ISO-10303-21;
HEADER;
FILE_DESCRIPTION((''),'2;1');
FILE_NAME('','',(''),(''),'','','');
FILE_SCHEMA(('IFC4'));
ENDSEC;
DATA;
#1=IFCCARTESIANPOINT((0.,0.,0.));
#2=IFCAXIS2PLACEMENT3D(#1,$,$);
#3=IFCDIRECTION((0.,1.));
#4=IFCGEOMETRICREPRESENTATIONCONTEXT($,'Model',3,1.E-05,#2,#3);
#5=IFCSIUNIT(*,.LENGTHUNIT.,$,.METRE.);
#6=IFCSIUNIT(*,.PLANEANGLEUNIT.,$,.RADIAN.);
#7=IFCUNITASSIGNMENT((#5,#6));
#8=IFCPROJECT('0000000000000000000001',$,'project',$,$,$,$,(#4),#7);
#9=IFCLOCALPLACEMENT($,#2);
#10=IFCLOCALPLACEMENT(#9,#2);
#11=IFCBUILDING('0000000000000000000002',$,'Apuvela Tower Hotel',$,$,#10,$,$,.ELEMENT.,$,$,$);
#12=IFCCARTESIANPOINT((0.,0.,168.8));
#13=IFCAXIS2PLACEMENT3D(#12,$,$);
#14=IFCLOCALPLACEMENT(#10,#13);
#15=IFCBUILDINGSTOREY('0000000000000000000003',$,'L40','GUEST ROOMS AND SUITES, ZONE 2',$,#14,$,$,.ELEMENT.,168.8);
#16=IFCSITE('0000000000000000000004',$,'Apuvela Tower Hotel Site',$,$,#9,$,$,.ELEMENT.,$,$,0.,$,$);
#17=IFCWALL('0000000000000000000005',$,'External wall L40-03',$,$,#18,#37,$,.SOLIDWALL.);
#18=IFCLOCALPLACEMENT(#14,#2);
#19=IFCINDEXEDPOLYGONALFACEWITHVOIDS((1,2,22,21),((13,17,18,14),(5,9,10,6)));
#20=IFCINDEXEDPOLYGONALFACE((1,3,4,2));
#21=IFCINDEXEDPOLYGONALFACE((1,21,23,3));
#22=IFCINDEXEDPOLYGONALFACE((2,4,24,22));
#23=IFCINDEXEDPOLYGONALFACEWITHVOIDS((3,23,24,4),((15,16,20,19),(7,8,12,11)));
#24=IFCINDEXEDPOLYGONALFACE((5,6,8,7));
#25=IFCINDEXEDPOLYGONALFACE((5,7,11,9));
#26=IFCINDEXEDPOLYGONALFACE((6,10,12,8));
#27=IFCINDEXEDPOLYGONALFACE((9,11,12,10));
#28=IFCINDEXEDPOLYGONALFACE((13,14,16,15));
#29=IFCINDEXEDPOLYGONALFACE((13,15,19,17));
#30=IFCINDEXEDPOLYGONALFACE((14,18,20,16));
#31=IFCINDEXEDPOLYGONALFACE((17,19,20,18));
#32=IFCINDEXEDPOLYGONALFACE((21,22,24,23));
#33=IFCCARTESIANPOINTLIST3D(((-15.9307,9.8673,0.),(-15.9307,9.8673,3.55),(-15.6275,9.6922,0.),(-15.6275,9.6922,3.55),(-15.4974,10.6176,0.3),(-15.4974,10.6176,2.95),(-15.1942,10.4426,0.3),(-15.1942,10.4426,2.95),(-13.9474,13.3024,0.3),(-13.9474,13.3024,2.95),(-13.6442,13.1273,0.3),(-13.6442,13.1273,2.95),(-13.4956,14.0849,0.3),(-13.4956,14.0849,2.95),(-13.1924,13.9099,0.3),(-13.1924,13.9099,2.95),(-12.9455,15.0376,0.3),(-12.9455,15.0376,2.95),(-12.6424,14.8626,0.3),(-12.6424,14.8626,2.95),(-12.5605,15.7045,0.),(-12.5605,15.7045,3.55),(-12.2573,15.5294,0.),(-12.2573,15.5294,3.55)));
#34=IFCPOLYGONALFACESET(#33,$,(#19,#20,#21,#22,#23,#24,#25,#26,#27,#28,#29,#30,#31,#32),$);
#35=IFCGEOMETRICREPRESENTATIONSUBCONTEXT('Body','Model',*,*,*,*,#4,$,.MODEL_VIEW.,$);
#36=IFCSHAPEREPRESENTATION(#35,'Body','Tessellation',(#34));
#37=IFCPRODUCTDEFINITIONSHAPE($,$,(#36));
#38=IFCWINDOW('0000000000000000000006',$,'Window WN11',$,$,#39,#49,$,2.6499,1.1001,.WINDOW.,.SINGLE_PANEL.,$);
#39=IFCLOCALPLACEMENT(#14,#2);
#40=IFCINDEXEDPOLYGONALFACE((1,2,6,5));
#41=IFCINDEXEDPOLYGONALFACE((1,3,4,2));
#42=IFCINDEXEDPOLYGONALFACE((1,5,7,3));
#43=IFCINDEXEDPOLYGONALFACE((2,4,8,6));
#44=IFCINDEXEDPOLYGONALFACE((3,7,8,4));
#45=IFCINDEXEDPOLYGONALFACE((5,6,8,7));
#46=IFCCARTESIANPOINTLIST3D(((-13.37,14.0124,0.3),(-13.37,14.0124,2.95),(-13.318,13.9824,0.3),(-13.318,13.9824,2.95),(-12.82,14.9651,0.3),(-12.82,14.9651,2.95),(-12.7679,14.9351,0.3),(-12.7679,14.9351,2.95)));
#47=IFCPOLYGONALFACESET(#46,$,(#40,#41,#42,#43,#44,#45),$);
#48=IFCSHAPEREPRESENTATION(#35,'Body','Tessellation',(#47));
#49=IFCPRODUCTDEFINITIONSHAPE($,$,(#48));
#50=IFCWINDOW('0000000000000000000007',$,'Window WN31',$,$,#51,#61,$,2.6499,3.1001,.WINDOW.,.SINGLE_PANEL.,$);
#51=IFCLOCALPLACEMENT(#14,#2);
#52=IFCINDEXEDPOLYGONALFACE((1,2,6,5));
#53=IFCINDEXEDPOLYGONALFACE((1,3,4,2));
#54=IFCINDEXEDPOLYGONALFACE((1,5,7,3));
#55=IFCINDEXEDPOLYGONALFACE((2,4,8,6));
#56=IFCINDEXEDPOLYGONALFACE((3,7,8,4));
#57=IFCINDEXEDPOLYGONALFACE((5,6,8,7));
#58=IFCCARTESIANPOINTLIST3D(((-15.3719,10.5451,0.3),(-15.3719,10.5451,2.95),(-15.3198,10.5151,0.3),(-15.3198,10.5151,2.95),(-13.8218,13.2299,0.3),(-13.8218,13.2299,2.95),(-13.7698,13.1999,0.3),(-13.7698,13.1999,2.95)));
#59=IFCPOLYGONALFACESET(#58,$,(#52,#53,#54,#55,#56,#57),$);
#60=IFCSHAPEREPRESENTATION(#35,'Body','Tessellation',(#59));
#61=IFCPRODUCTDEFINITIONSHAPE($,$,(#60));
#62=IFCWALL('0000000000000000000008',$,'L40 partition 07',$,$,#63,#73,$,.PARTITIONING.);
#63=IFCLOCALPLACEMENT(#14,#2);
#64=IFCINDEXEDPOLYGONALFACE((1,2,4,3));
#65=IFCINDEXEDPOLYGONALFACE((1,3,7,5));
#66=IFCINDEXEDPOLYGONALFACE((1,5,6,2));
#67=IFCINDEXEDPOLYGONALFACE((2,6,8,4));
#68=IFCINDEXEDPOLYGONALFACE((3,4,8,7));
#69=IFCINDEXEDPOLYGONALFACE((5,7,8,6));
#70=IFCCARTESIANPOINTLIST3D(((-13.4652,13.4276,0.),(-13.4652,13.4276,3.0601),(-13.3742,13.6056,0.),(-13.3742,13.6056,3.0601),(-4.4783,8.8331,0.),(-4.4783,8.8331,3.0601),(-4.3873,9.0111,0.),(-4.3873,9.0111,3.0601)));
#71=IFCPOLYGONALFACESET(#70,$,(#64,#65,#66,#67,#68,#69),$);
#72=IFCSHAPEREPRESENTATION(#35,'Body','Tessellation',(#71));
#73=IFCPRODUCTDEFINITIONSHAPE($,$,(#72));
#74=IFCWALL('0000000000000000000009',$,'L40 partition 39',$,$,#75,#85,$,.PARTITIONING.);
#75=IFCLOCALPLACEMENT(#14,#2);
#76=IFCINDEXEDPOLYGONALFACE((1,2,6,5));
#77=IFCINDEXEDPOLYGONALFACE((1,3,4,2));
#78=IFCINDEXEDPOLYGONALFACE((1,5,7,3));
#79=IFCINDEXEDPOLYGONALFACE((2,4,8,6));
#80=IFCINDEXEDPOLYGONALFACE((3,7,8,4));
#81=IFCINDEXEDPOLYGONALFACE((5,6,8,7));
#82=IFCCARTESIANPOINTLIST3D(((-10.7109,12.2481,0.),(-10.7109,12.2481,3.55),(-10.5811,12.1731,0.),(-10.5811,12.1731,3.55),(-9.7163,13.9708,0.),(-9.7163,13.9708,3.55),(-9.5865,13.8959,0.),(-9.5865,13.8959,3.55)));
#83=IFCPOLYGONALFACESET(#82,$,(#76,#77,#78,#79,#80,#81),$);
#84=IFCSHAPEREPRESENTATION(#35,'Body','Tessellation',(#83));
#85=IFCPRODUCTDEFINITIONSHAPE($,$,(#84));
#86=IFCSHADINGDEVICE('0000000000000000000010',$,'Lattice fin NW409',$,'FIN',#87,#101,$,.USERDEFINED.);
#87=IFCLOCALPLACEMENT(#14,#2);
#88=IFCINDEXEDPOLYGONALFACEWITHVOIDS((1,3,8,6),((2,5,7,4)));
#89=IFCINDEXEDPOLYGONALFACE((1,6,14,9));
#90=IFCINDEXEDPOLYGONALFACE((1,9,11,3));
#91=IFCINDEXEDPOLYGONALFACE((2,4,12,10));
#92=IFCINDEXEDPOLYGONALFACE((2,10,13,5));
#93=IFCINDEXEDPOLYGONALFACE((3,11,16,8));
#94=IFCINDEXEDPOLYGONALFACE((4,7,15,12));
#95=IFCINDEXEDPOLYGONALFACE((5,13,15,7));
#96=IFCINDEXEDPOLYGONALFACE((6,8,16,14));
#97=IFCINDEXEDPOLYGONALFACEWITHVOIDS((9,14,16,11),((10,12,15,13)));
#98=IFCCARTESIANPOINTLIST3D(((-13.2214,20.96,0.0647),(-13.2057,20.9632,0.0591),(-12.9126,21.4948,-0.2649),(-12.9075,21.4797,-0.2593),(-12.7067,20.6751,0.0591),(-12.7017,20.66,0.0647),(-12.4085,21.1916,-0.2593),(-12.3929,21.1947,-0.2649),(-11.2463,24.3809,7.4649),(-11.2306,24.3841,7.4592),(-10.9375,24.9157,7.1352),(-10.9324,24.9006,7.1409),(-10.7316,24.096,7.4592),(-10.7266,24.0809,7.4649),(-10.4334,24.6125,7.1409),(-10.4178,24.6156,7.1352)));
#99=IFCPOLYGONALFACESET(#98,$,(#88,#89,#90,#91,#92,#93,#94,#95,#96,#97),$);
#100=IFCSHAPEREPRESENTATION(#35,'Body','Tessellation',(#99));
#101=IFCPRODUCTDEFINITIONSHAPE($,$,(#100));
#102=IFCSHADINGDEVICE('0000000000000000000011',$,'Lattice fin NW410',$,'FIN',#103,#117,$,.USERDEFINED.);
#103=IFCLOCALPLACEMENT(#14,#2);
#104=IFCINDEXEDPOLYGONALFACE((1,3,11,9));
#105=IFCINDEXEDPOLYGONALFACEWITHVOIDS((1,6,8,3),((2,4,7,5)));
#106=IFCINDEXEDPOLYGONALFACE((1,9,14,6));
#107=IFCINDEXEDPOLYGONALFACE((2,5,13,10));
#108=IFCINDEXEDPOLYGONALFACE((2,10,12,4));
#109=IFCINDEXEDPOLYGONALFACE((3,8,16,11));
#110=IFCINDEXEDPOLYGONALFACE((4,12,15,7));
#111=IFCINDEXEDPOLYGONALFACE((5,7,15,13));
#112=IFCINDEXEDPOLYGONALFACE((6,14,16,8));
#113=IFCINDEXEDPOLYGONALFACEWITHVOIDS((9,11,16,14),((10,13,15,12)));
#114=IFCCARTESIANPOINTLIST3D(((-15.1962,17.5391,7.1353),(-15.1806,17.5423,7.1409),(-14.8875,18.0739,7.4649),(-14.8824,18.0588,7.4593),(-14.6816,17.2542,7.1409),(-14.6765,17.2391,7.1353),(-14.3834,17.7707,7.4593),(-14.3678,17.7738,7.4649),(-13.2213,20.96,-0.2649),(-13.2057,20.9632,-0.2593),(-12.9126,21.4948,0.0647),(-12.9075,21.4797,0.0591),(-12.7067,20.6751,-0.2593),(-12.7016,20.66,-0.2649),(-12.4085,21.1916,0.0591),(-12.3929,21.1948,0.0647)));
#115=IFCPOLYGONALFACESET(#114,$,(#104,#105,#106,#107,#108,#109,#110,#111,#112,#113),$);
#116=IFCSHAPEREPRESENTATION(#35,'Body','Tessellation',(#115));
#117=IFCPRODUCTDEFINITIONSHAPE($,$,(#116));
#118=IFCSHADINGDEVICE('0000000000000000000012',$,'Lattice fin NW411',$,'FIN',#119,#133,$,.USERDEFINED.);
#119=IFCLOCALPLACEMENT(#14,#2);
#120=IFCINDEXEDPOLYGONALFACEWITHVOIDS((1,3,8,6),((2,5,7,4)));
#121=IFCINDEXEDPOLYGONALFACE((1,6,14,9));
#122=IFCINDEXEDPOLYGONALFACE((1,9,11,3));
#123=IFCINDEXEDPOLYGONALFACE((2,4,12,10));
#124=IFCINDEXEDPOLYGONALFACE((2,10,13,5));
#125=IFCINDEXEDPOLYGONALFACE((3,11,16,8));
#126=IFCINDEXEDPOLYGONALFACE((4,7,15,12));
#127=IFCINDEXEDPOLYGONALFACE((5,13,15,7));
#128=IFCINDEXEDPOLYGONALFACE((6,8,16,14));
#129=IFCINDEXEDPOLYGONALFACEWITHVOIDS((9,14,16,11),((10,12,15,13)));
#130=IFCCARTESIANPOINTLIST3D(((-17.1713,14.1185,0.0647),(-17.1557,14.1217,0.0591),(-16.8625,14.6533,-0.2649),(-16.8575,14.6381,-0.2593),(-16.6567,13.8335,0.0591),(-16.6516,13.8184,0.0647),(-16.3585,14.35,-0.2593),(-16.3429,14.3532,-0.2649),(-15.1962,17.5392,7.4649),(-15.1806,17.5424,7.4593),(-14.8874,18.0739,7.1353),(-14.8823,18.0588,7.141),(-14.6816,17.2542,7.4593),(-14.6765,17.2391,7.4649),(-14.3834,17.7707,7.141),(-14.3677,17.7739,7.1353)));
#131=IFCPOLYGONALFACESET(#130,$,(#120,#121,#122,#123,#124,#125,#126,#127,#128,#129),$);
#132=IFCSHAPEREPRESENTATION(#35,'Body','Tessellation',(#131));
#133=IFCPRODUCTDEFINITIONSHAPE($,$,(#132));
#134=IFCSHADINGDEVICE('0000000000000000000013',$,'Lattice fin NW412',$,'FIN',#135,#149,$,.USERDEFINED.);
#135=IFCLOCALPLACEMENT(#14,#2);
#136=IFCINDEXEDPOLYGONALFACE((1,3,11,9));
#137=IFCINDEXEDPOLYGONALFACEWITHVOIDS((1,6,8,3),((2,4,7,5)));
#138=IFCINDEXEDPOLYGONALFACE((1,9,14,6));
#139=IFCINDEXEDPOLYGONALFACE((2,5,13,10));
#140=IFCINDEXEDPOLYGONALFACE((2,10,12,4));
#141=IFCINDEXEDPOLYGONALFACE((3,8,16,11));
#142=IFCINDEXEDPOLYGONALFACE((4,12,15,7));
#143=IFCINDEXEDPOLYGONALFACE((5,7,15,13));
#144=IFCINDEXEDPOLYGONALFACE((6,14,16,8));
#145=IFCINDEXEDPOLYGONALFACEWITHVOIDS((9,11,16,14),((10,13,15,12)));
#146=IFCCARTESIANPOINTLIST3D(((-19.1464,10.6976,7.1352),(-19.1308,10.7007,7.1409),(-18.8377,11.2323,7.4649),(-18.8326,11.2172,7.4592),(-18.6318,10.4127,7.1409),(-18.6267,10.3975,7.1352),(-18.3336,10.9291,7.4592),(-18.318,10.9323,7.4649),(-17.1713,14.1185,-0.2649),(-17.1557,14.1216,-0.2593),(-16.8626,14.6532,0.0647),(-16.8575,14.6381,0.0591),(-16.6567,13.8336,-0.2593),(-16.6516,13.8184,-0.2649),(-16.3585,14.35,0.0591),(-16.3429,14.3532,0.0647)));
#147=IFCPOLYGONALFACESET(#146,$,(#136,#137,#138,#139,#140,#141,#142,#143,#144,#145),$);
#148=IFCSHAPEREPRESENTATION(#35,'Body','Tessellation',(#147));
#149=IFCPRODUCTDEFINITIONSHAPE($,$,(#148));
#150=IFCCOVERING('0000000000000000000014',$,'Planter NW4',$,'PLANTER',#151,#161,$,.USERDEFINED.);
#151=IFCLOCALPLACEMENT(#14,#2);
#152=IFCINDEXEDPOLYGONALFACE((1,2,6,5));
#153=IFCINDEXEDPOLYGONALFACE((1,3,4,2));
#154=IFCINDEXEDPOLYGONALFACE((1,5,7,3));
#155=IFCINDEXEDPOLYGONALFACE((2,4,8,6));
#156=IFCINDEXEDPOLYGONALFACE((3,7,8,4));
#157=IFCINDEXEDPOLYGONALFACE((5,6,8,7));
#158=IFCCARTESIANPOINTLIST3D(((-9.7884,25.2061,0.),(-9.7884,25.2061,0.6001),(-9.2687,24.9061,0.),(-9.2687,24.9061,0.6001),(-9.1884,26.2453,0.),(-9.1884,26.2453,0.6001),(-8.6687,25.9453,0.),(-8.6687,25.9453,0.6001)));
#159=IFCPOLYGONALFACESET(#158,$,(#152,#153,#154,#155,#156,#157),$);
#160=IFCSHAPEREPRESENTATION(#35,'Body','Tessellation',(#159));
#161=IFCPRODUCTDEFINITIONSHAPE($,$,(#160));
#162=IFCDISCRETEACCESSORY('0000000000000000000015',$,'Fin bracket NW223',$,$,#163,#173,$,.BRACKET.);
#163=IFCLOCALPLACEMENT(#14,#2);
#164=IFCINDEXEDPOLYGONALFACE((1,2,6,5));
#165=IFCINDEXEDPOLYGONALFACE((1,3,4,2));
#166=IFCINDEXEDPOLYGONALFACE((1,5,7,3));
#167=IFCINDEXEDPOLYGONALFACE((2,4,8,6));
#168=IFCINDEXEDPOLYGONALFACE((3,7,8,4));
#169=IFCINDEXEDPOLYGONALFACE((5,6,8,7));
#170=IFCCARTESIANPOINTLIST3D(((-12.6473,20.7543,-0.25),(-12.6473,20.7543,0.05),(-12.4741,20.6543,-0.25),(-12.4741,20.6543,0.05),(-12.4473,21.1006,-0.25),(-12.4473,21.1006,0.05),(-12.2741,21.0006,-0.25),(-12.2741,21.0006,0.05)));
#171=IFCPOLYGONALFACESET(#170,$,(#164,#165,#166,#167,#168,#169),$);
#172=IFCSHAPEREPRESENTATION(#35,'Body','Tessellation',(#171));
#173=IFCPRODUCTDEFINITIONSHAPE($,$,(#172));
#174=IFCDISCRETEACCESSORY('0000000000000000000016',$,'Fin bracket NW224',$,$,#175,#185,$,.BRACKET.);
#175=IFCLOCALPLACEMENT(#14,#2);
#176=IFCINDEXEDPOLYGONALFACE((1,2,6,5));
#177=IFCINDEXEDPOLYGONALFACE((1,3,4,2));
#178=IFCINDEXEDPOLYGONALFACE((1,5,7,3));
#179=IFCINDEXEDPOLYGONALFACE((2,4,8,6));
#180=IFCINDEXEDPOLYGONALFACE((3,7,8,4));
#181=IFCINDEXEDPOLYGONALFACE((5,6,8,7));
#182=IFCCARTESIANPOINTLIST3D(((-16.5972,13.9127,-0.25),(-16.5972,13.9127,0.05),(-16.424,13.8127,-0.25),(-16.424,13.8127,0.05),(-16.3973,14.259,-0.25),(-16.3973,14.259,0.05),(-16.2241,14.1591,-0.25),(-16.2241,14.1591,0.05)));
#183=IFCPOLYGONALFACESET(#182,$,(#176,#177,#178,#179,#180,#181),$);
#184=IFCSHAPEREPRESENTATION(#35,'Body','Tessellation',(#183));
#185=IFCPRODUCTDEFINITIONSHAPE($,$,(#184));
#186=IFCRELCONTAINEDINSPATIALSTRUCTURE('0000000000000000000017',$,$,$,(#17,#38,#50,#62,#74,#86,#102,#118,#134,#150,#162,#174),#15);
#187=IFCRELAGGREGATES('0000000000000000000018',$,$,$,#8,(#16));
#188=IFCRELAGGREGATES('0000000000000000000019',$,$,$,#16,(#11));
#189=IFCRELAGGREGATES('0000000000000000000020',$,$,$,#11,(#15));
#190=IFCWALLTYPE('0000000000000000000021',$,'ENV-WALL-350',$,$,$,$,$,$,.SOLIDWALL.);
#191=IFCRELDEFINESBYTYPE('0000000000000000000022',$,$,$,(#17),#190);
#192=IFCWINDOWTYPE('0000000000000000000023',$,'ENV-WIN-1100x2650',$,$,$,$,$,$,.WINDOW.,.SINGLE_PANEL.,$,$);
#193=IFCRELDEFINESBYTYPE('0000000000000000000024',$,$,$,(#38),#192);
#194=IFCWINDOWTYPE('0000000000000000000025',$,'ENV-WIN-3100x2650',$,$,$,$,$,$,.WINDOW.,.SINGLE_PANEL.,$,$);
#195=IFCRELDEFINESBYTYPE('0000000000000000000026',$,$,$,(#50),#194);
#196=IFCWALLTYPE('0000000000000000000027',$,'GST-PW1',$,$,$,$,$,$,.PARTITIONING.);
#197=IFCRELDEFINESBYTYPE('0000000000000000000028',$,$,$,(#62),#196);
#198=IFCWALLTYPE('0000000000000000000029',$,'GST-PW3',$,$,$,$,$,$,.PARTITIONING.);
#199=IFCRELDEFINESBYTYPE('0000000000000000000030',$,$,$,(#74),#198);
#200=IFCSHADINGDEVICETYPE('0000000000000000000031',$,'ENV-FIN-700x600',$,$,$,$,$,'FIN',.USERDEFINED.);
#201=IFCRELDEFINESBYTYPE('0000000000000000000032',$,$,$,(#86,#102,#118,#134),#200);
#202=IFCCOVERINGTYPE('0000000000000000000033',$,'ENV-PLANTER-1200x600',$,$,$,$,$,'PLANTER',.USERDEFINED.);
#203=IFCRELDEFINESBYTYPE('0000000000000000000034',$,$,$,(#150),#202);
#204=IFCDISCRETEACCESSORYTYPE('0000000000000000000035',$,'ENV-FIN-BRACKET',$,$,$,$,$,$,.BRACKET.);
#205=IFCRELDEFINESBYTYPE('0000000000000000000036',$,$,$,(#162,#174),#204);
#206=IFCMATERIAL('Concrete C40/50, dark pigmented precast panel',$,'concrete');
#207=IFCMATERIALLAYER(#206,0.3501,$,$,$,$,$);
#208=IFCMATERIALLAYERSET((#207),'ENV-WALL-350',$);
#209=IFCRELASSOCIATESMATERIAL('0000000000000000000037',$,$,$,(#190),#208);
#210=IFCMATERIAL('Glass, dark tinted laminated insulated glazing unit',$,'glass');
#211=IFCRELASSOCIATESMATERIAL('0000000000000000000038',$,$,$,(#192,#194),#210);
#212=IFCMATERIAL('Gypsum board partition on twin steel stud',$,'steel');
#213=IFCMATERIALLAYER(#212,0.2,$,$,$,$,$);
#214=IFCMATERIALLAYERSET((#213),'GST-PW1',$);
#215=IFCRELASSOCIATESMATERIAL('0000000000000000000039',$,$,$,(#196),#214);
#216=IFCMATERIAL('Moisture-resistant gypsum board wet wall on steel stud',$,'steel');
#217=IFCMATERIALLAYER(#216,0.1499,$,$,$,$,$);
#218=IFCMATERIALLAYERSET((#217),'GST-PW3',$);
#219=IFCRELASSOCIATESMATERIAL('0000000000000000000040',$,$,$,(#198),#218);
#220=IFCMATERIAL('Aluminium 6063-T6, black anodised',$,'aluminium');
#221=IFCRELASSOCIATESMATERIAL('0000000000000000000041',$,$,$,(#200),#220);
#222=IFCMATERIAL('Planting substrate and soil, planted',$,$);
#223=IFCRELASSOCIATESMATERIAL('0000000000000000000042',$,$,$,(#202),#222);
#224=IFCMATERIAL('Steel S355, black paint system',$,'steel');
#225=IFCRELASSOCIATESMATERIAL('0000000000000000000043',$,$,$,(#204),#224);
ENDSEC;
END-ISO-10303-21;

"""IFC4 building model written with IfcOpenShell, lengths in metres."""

from ifc_helpers import new_model, si_unit, direction, frame, frame_2d, origin, origin_2d, place, context, subcontext, project, spatial, rectangle, hollow_rectangle, extrude, material, layer, layer_set, material_profile, profile_set, type_object, element, fill, save


model = new_model("IFC4")

# Units and contexts
model_context = context("Model", 3, precision=1e-05, world=origin(), true_north=direction((0.0, 1.0)))
body_context = subcontext(model_context, "Body", "Model", "MODEL_VIEW")
ifc_project = project(units=[si_unit("LENGTHUNIT", "METRE"), si_unit("PLANEANGLEUNIT", "RADIAN")], contexts=[model_context])

# Site, building, storey
site_placement = place(None, origin())
site = spatial("IfcSite", under=ifc_project, at=site_placement, Name="Apuvela Tower Hotel Site", CompositionType="ELEMENT", RefElevation=0.0)
building_placement = place(site_placement, origin())
building = spatial("IfcBuilding", under=site, at=building_placement, Name="Apuvela Tower Hotel", CompositionType="ELEMENT")
storey_placement = place(building_placement, frame((0.0, 0.0, 168.8)))
storey = spatial("IfcBuildingStorey", under=building, at=storey_placement, Name="L40", Description="GUEST ROOMS AND SUITES, ZONE 2", CompositionType="ELEMENT", Elevation=168.8)

# Shared definitions
ifc_material_1 = material(Name="Concrete C40/50, dark pigmented precast panel", Category="concrete")
ifc_layer_1 = layer(ifc_material_1, 0.3501)
ifc_layer_set_1 = layer_set([ifc_layer_1], Name="ENV-WALL-350")
wall_type_1 = type_object("IfcWallType", Name="ENV-WALL-350", PredefinedType="SOLIDWALL", material=ifc_layer_set_1)

# Wall, openings, windows
wall_1_placement = place(storey_placement, frame((-12.4089, 15.6169, 0.0), z_axis=(0.0, 0.0, 1.0), x_axis=(-0.500004, -0.866023, 0.0)))
wall_1 = element("IfcWall", 1, at=wall_1_placement, inside=storey, type_object=wall_type_1, Name="External wall L40-03", PredefinedType="SOLIDWALL", context=body_context, shape_type="SweptSolid", body=[
    extrude(rectangle(XDim=6.7402, YDim=0.3501, at=frame_2d((3.3701, 0.0))), origin(), (0.0, 0.0, 1.0), 3.55),
])
opening_1_placement = place(wall_1_placement, frame((0.77, 0.0, 0.3)))
opening_1 = element("IfcOpeningElement", 2, at=opening_1_placement, cuts=wall_1, PredefinedType="OPENING", context=body_context, shape_type="SweptSolid", body=[
    extrude(rectangle(XDim=1.1001, YDim=2.6499, at=frame_2d((0.55, 1.325))), frame((0.0, 0.1851, 0.0), z_axis=(0.0, -1.0, 0.0), x_axis=(1.0, 0.0, 0.0)), (0.0, 0.0, 1.0), 0.3701),
])
opening_2_placement = place(wall_1_placement, frame((2.7737, 0.0, 0.3)))
opening_2 = element("IfcOpeningElement", 3, at=opening_2_placement, cuts=wall_1, PredefinedType="OPENING", context=body_context, shape_type="SweptSolid", body=[
    extrude(rectangle(XDim=3.1001, YDim=2.6499, at=frame_2d((1.55, 1.325))), frame((0.0, 0.1851, 0.0), z_axis=(0.0, -1.0, 0.0), x_axis=(1.0, 0.0, 0.0)), (0.0, 0.0, 1.0), 0.3701),
])
ifc_material_2 = material(Name="Glass, dark tinted laminated insulated glazing unit", Category="glass")
window_type_1 = type_object("IfcWindowType", Name="ENV-WIN-1100x2650", PartitioningType="SINGLE_PANEL", PredefinedType="WINDOW", material=ifc_material_2)
window_1_placement = place(opening_1_placement, origin())
window_1 = element("IfcWindow", 4, at=window_1_placement, inside=storey, type_object=window_type_1, Name="Window WN11", OverallHeight=2.6499, OverallWidth=1.1001, PartitioningType="SINGLE_PANEL", PredefinedType="WINDOW", context=body_context, shape_type="SweptSolid", body=[
    extrude(rectangle(XDim=1.1001, YDim=2.6499, at=frame_2d((0.55, 1.325))), frame((0.0, 0.03, 0.0), z_axis=(0.0, -1.0, 0.0), x_axis=(1.0, 0.0, 0.0)), (0.0, 0.0, 1.0), 0.0601),
])
fill(opening_1, window_1)
window_type_2 = type_object("IfcWindowType", Name="ENV-WIN-3100x2650", PartitioningType="SINGLE_PANEL", PredefinedType="WINDOW", material=ifc_material_2)
window_2_placement = place(opening_2_placement, origin())
window_2 = element("IfcWindow", 5, at=window_2_placement, inside=storey, type_object=window_type_2, Name="Window WN31", OverallHeight=2.6499, OverallWidth=3.1001, PartitioningType="SINGLE_PANEL", PredefinedType="WINDOW", context=body_context, shape_type="SweptSolid", body=[
    extrude(rectangle(XDim=3.1001, YDim=2.6499, at=frame_2d((1.55, 1.325))), frame((0.0, 0.03, 0.0), z_axis=(0.0, -1.0, 0.0), x_axis=(1.0, 0.0, 0.0)), (0.0, 0.0, 1.0), 0.0601),
])
fill(opening_2, window_2)

# Walls
ifc_material_3 = material(Name="Gypsum board partition on twin steel stud", Category="steel")
ifc_layer_2 = layer(ifc_material_3, 0.2)
ifc_layer_set_2 = layer_set([ifc_layer_2], Name="GST-PW1")
wall_type_2 = type_object("IfcWallType", Name="GST-PW1", PredefinedType="PARTITIONING", material=ifc_layer_set_2)
wall_2_placement = place(storey_placement, frame((-13.4197, 13.5166, 0.0), z_axis=(0.0, 0.0, 1.0), x_axis=(0.890386, -0.455207, 0.0)))
element("IfcWall", 6, at=wall_2_placement, inside=storey, type_object=wall_type_2, Name="L40 partition 07", PredefinedType="PARTITIONING", context=body_context, shape_type="SweptSolid", body=[
    extrude(rectangle(XDim=10.0933, YDim=0.2, at=frame_2d((5.0466, 0.0))), origin(), (0.0, 0.0, 1.0), 3.0601),
])
ifc_material_4 = material(Name="Moisture-resistant gypsum board wet wall on steel stud", Category="steel")
ifc_layer_3 = layer(ifc_material_4, 0.1499)
ifc_layer_set_3 = layer_set([ifc_layer_3], Name="GST-PW3")
wall_type_3 = type_object("IfcWallType", Name="GST-PW3", PredefinedType="PARTITIONING", material=ifc_layer_set_3)
wall_3_placement = place(storey_placement, frame((-9.6514, 13.9333, 0.0), z_axis=(0.0, 0.0, 1.0), x_axis=(-0.50002, -0.866014, 0.0)))
element("IfcWall", 7, at=wall_3_placement, inside=storey, type_object=wall_type_3, Name="L40 partition 39", PredefinedType="PARTITIONING", context=body_context, shape_type="SweptSolid", body=[
    extrude(rectangle(XDim=1.9893, YDim=0.1499, at=frame_2d((0.9946, 0.0))), origin(), (0.0, 0.0, 1.0), 3.55),
])

# Shading devices
ifc_material_5 = material(Name="Aluminium 6063-T6, black anodised", Category="aluminium")
ifc_material_profile_1 = material_profile(ifc_material_5, hollow_rectangle(XDim=0.6001, YDim=0.7, WallThickness=0.012, at=origin_2d()), Name="AL BOX 700x600x12")
ifc_profile_set_1 = profile_set([ifc_material_profile_1], Name="Aluminium 6063-T6, black anodised")
shading_device_type = type_object("IfcShadingDeviceType", Name="ENV-FIN-700x600", ElementType="FIN", PredefinedType="USERDEFINED", material=ifc_profile_set_1)
for number, where, z_axis, x_axis, name in (
    (8, (-12.8071, 21.0774, -0.1001), (0.235455, 0.407812, 0.882185), (-0.866021, 0.500008, 0.0), "Lattice fin NW409"),
    (9, (-12.8071, 21.0774, -0.1001), (-0.235428, -0.407814, 0.882191), (0.866048, -0.499961, 0.0), "Lattice fin NW410"),
    (10, (-16.7571, 14.2358, -0.1001), (0.235458, 0.407787, 0.882196), (-0.866005, 0.500035, 0.0), "Lattice fin NW411"),
    (11, (-16.7571, 14.2358, -0.1001), (-0.235455, -0.407812, 0.882185), (0.866021, -0.500008, 0.0), "Lattice fin NW412"),
):
    element("IfcShadingDevice", number, at=place(storey_placement, frame(where, z_axis=z_axis, x_axis=x_axis)), inside=storey, type_object=shading_device_type, Name=name, ObjectType="FIN", PredefinedType="USERDEFINED", context=body_context, shape_type="SweptSolid", body=[
        extrude(hollow_rectangle(XDim=0.6001, YDim=0.7, WallThickness=0.012, at=origin_2d()), origin(), (0.0, 0.0, 1.0), 8.3884),
    ])

# Covering
ifc_material_6 = material(Name="Planting substrate and soil, planted")
covering_type = type_object("IfcCoveringType", Name="ENV-PLANTER-1200x600", ElementType="PLANTER", PredefinedType="USERDEFINED", material=ifc_material_6)
covering_placement = place(storey_placement, frame((-9.2285, 25.5757, 0.0), z_axis=(0.0, 0.0, 1.0), x_axis=(-0.5, -0.866025, 0.0)))
element("IfcCovering", 12, at=covering_placement, inside=storey, type_object=covering_type, Name="Planter NW4", ObjectType="PLANTER", PredefinedType="USERDEFINED", context=body_context, shape_type="SweptSolid", body=[
    extrude(rectangle(XDim=1.2, YDim=0.6001, at=origin_2d()), origin(), (0.0, 0.0, 1.0), 0.6001),
])

# Discrete accessories
ifc_material_7 = material(Name="Steel S355, black paint system", Category="steel")
discrete_accessory_type = type_object("IfcDiscreteAccessoryType", Name="ENV-FIN-BRACKET", PredefinedType="BRACKET", material=ifc_material_7)
for number, where, z_axis, x_axis, name in (
    (13, (-12.4607, 20.8774, -0.25), (0.0, 0.0, 1.0), (-0.5, -0.866025, 0.0), "Fin bracket NW223"),
    (14, (-16.4106, 14.0359, -0.25), (0.0, 0.0, 1.0), (-0.5, -0.866025, 0.0), "Fin bracket NW224"),
):
    element("IfcDiscreteAccessory", number, at=place(storey_placement, frame(where, z_axis=z_axis, x_axis=x_axis)), inside=storey, type_object=discrete_accessory_type, Name=name, PredefinedType="BRACKET", context=body_context, shape_type="SweptSolid", body=[
        extrude(rectangle(XDim=0.3999, YDim=0.2, at=origin_2d()), origin(), (0.0, 0.0, 1.0), 0.3),
    ])

save(model, "model.ifc")
